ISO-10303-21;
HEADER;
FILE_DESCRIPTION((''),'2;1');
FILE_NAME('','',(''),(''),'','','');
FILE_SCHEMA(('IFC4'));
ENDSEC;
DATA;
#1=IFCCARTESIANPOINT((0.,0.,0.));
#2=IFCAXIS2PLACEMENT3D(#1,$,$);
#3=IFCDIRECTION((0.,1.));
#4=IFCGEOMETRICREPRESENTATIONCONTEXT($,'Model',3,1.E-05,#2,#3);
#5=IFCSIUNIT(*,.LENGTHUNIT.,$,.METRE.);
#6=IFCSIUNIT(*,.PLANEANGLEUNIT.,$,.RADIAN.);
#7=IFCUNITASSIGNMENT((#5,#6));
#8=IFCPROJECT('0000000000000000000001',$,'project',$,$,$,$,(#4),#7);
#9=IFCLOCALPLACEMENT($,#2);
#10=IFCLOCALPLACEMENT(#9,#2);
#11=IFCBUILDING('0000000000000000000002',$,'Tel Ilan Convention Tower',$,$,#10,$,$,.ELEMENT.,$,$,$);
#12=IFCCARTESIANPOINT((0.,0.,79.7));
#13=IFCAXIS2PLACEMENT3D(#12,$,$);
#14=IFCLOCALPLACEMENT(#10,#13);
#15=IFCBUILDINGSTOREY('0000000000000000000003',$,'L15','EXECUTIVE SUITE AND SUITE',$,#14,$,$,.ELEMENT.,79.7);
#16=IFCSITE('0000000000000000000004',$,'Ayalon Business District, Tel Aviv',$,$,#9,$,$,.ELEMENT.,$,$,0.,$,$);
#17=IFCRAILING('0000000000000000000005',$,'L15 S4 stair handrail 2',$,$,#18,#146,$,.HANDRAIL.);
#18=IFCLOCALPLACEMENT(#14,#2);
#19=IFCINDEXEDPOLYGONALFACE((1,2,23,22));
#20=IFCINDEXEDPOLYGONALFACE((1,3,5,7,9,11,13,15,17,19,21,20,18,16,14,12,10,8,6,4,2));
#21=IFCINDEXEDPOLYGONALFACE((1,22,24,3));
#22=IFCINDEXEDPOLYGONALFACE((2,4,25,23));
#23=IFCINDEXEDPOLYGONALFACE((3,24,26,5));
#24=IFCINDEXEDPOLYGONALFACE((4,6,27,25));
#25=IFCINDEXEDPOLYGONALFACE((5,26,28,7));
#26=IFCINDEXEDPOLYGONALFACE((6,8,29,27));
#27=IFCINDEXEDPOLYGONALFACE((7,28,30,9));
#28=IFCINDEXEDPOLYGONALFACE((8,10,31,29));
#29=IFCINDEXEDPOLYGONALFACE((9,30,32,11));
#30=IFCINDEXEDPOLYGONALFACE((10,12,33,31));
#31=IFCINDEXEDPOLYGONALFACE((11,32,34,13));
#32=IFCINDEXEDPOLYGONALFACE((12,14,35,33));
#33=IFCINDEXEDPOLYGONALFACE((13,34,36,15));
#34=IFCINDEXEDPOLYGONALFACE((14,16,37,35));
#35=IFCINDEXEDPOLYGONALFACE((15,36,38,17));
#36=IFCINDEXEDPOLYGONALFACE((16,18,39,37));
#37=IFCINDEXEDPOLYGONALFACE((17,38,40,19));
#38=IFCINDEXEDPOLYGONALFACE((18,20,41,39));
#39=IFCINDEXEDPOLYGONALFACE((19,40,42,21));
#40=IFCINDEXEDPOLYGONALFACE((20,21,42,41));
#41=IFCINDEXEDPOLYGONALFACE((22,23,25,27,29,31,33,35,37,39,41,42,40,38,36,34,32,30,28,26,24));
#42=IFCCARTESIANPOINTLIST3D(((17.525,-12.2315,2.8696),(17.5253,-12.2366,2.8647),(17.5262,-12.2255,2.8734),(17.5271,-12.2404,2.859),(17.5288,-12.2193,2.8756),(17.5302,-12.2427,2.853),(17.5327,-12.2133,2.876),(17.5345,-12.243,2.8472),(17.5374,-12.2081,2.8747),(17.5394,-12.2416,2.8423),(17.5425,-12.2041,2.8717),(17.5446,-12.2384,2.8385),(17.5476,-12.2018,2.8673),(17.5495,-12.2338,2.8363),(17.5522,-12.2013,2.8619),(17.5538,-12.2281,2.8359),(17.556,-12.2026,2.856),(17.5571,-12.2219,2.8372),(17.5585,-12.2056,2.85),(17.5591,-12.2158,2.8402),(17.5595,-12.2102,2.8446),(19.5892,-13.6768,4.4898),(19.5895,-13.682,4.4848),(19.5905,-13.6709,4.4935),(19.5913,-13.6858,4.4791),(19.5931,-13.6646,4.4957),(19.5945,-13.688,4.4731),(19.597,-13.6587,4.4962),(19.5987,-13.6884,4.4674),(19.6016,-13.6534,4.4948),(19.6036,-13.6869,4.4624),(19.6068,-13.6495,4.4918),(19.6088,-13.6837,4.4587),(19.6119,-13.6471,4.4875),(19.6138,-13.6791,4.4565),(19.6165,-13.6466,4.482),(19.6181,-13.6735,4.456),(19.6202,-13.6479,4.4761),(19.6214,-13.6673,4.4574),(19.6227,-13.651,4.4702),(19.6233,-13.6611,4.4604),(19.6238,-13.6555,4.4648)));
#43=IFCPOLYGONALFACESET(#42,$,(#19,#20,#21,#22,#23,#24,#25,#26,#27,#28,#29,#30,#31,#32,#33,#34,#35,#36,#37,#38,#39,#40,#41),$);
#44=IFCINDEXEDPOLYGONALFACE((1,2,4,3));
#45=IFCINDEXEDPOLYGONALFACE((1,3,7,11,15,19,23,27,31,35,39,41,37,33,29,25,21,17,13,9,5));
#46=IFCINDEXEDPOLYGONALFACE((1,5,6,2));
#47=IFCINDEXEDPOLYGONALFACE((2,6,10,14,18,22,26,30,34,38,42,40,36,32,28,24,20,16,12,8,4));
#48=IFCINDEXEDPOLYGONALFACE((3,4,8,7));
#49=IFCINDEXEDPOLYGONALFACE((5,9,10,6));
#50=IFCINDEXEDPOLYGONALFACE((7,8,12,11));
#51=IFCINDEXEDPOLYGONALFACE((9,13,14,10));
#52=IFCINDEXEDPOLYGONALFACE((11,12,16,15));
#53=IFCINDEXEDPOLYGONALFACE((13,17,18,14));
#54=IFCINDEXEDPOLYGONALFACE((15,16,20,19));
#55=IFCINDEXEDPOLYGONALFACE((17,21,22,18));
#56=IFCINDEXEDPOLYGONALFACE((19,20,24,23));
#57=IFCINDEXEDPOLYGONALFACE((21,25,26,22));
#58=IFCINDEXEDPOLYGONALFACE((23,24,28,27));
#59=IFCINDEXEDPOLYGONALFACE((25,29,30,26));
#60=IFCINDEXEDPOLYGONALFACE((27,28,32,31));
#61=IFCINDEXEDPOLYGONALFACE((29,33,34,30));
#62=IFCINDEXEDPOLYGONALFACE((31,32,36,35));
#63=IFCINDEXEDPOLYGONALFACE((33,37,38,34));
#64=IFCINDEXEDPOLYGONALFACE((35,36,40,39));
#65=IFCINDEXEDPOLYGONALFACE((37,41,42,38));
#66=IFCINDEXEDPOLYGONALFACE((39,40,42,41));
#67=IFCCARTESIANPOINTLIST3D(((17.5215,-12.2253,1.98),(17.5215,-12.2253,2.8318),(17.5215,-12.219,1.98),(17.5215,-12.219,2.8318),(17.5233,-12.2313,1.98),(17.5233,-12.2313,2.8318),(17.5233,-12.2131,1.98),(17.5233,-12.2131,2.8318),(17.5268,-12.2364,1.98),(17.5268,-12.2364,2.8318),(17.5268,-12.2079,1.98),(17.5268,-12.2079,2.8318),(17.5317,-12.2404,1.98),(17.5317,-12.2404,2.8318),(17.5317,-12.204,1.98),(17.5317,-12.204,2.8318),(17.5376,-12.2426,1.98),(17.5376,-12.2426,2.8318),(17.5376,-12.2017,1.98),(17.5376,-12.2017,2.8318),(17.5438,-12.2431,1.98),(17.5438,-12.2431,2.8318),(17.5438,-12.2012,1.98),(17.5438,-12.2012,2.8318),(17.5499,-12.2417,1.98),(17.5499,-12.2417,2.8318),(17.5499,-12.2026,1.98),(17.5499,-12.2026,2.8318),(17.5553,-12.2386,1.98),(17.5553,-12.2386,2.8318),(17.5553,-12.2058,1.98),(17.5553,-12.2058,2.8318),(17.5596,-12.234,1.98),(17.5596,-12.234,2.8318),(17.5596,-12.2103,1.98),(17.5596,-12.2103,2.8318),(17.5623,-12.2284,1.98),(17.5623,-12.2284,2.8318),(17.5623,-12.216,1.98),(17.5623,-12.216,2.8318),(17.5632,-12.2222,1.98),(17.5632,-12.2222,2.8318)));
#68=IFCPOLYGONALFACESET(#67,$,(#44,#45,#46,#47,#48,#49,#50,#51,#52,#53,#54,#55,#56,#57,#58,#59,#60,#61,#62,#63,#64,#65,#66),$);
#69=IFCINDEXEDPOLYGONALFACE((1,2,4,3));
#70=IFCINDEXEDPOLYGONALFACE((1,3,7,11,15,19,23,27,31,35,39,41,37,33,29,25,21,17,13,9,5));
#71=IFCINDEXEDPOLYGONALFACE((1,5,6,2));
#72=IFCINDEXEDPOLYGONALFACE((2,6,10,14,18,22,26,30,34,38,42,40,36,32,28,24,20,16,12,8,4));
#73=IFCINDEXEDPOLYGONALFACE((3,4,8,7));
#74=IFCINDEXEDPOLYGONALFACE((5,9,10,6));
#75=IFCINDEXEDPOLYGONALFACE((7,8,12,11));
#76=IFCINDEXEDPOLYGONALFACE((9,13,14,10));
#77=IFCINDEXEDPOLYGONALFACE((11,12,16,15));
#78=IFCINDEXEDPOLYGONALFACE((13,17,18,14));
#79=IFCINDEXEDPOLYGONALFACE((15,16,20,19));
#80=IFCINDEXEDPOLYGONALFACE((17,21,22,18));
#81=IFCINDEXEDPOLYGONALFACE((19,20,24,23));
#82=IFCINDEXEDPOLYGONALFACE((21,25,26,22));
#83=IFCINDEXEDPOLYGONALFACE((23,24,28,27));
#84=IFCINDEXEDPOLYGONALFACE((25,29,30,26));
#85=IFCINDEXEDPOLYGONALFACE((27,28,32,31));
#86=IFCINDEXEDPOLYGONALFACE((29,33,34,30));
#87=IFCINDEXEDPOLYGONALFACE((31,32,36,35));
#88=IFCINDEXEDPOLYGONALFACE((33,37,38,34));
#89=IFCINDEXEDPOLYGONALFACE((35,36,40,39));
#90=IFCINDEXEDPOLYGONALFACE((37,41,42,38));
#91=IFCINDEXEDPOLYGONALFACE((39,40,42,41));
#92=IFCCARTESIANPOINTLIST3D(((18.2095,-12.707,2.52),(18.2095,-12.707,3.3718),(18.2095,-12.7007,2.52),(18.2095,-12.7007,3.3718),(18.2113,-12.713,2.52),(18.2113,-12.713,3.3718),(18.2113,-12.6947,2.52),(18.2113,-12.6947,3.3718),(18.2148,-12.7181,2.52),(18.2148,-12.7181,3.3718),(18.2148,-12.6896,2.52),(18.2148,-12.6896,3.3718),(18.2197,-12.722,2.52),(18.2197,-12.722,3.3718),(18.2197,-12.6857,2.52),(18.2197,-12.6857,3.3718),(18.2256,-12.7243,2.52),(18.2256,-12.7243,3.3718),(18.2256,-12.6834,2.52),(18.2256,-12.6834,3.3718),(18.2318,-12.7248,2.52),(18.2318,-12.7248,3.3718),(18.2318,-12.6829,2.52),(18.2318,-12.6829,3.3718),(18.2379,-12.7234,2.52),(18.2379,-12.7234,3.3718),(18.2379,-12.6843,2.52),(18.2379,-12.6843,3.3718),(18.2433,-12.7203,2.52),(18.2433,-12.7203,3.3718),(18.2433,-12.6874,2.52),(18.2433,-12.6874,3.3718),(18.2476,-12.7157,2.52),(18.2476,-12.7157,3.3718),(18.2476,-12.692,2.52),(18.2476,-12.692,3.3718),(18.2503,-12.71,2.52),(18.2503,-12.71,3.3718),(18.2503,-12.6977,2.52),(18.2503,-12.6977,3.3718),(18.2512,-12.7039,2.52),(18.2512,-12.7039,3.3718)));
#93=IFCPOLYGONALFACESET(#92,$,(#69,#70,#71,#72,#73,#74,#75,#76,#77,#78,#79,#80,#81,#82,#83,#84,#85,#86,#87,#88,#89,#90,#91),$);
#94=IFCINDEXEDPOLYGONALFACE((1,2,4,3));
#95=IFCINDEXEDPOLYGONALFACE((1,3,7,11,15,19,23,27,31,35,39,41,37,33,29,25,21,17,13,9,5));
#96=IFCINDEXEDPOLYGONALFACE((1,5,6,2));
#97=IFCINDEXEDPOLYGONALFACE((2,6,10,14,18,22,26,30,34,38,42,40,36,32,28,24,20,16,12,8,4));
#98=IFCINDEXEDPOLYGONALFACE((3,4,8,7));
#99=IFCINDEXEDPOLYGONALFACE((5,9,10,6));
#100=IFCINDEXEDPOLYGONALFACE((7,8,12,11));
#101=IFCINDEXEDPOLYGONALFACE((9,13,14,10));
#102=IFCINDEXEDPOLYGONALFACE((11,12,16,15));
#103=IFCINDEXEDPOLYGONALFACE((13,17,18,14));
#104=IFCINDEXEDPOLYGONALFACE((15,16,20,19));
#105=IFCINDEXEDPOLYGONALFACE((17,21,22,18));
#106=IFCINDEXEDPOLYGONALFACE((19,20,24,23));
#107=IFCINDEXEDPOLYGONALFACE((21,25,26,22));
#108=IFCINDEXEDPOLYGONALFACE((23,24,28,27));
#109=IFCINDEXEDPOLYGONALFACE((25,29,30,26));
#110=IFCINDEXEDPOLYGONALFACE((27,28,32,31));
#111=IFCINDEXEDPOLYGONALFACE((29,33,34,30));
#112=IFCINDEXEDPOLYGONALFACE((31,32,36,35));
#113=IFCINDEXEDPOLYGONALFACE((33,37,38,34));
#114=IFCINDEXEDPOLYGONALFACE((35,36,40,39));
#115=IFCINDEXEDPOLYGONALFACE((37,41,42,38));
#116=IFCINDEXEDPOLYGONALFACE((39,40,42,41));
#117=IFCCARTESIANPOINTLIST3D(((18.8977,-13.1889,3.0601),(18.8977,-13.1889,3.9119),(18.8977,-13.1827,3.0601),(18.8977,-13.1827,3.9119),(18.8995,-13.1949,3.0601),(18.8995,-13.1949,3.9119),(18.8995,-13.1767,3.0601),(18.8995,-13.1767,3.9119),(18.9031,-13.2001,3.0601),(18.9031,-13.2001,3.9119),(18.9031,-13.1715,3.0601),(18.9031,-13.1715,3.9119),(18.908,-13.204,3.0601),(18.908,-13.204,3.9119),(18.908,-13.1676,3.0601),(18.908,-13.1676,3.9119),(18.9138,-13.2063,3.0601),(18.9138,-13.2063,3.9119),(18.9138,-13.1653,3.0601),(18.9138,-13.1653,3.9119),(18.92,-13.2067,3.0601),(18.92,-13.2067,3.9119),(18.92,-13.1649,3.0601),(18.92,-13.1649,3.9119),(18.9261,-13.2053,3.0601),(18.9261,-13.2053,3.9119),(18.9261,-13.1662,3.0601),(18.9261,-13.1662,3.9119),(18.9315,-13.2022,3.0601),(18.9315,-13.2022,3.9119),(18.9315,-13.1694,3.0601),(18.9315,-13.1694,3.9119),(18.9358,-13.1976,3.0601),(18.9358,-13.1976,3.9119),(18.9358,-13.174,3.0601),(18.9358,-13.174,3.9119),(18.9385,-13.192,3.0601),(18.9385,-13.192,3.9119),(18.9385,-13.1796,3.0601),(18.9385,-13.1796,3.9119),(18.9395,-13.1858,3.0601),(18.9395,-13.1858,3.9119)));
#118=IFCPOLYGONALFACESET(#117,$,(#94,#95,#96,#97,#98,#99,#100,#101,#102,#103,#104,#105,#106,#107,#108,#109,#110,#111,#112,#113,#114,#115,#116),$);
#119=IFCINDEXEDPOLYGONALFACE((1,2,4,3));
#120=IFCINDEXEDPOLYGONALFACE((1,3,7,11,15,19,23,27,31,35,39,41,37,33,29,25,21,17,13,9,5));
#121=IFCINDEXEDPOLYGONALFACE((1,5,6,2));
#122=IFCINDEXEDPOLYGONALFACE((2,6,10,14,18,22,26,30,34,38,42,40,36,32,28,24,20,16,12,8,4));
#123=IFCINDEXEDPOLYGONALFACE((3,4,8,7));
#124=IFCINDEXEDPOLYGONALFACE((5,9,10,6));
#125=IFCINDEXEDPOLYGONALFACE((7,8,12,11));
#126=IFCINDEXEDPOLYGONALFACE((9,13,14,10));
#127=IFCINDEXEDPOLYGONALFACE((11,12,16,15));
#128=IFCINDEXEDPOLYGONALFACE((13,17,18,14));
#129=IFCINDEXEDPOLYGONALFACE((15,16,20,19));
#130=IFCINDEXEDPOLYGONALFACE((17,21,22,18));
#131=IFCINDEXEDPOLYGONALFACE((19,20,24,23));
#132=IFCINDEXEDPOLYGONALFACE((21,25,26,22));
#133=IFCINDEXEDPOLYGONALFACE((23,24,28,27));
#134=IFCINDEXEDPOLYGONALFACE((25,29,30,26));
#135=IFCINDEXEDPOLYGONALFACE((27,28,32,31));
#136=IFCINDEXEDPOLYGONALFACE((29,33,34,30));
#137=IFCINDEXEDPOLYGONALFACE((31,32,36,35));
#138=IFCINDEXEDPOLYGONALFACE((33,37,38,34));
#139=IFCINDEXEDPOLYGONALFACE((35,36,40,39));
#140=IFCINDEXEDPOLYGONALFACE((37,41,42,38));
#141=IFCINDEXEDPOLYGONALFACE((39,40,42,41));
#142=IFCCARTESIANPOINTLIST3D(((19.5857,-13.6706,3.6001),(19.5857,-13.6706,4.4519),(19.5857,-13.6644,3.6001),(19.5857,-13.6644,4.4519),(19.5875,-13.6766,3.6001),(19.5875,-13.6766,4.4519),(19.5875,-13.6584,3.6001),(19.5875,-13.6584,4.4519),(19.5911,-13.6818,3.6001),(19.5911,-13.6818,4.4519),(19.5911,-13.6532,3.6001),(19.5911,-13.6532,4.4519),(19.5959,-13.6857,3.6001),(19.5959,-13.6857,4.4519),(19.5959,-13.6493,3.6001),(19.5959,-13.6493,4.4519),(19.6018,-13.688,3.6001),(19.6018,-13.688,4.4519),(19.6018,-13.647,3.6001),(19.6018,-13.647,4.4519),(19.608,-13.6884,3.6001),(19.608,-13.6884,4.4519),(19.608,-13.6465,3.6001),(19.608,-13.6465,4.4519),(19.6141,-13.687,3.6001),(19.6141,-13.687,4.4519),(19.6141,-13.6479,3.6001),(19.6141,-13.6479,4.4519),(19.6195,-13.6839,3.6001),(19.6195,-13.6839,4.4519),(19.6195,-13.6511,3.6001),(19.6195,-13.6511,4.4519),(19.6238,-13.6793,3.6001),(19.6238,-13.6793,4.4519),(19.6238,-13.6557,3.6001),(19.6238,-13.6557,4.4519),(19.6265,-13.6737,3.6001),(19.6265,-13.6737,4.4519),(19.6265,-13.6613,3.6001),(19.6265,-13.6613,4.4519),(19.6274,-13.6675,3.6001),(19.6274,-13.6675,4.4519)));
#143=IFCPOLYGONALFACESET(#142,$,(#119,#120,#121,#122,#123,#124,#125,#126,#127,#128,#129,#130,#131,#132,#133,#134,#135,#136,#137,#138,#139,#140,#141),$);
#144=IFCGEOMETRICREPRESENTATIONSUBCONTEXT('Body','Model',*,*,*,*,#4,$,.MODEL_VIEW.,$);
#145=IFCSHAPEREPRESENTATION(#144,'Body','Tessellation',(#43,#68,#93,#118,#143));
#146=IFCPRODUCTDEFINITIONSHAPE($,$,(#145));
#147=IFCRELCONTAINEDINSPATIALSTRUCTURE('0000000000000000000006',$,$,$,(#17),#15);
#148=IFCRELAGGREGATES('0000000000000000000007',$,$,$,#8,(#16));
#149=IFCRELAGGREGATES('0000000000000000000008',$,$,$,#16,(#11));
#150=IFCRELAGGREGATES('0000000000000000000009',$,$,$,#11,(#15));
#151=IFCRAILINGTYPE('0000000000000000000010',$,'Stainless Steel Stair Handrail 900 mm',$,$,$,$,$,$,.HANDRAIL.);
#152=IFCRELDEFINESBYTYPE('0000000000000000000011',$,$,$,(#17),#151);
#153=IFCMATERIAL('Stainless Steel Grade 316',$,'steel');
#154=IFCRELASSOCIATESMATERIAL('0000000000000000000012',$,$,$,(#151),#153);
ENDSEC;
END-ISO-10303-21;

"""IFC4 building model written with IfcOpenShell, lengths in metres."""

from ifc_helpers import new_model, si_unit, direction, frame, origin, origin_2d, place, context, subcontext, project, spatial, circle, extrude, material, type_object, element, save


model = new_model("IFC4")

# Units and contexts
model_context = context("Model", 3, precision=1e-05, world=origin(), true_north=direction((0.0, 1.0)))
body_context = subcontext(model_context, "Body", "Model", "MODEL_VIEW")
ifc_project = project(units=[si_unit("LENGTHUNIT", "METRE"), si_unit("PLANEANGLEUNIT", "RADIAN")], contexts=[model_context])

# Site, building, storey
site_placement = place(None, origin())
site = spatial("IfcSite", under=ifc_project, at=site_placement, Name="Ayalon Business District, Tel Aviv", CompositionType="ELEMENT", RefElevation=0.0)
building_placement = place(site_placement, origin())
building = spatial("IfcBuilding", under=site, at=building_placement, Name="Tel Ilan Convention Tower", CompositionType="ELEMENT")
storey_placement = place(building_placement, frame((0.0, 0.0, 79.7)))
storey = spatial("IfcBuildingStorey", under=building, at=storey_placement, Name="L15", Description="EXECUTIVE SUITE AND SUITE", CompositionType="ELEMENT", Elevation=79.7)

# Railing
ifc_material_1 = material(Name="Stainless Steel Grade 316", Category="steel")
railing_type_1 = type_object("IfcRailingType", Name="Stainless Steel Stair Handrail 900 mm", PredefinedType="HANDRAIL", material=ifc_material_1)
railing_1_placement = place(storey_placement, frame((17.5422, -12.2222, 1.98)))
element("IfcRailing", 1, at=railing_1_placement, inside=storey, type_object=railing_type_1, Name="L15 S4 stair handrail 2", PredefinedType="HANDRAIL", context=body_context, shape_type="SweptSolid", body=[
    extrude(circle(Radius=0.0239, at=origin_2d()), frame((0.0, 0.0, 0.876), z_axis=(0.68904, -0.48245, 0.540801), x_axis=(0.57356, 0.819164, 0.0)), (0.0, 0.0, 1.0), 2.9958),
    extrude(circle(Radius=0.021, at=origin_2d()), origin(), (0.0, 0.0, 1.0), 0.8518),
    extrude(circle(Radius=0.021, at=origin_2d()), frame((0.688, -0.4817, 0.54)), (0.0, 0.0, 1.0), 0.8518),
    extrude(circle(Radius=0.021, at=origin_2d()), frame((1.3762, -0.9636, 1.0801)), (0.0, 0.0, 1.0), 0.8518),
    extrude(circle(Radius=0.021, at=origin_2d()), frame((2.0642, -1.4453, 1.6201)), (0.0, 0.0, 1.0), 0.8518),
])

save(model, "model.ifc")
